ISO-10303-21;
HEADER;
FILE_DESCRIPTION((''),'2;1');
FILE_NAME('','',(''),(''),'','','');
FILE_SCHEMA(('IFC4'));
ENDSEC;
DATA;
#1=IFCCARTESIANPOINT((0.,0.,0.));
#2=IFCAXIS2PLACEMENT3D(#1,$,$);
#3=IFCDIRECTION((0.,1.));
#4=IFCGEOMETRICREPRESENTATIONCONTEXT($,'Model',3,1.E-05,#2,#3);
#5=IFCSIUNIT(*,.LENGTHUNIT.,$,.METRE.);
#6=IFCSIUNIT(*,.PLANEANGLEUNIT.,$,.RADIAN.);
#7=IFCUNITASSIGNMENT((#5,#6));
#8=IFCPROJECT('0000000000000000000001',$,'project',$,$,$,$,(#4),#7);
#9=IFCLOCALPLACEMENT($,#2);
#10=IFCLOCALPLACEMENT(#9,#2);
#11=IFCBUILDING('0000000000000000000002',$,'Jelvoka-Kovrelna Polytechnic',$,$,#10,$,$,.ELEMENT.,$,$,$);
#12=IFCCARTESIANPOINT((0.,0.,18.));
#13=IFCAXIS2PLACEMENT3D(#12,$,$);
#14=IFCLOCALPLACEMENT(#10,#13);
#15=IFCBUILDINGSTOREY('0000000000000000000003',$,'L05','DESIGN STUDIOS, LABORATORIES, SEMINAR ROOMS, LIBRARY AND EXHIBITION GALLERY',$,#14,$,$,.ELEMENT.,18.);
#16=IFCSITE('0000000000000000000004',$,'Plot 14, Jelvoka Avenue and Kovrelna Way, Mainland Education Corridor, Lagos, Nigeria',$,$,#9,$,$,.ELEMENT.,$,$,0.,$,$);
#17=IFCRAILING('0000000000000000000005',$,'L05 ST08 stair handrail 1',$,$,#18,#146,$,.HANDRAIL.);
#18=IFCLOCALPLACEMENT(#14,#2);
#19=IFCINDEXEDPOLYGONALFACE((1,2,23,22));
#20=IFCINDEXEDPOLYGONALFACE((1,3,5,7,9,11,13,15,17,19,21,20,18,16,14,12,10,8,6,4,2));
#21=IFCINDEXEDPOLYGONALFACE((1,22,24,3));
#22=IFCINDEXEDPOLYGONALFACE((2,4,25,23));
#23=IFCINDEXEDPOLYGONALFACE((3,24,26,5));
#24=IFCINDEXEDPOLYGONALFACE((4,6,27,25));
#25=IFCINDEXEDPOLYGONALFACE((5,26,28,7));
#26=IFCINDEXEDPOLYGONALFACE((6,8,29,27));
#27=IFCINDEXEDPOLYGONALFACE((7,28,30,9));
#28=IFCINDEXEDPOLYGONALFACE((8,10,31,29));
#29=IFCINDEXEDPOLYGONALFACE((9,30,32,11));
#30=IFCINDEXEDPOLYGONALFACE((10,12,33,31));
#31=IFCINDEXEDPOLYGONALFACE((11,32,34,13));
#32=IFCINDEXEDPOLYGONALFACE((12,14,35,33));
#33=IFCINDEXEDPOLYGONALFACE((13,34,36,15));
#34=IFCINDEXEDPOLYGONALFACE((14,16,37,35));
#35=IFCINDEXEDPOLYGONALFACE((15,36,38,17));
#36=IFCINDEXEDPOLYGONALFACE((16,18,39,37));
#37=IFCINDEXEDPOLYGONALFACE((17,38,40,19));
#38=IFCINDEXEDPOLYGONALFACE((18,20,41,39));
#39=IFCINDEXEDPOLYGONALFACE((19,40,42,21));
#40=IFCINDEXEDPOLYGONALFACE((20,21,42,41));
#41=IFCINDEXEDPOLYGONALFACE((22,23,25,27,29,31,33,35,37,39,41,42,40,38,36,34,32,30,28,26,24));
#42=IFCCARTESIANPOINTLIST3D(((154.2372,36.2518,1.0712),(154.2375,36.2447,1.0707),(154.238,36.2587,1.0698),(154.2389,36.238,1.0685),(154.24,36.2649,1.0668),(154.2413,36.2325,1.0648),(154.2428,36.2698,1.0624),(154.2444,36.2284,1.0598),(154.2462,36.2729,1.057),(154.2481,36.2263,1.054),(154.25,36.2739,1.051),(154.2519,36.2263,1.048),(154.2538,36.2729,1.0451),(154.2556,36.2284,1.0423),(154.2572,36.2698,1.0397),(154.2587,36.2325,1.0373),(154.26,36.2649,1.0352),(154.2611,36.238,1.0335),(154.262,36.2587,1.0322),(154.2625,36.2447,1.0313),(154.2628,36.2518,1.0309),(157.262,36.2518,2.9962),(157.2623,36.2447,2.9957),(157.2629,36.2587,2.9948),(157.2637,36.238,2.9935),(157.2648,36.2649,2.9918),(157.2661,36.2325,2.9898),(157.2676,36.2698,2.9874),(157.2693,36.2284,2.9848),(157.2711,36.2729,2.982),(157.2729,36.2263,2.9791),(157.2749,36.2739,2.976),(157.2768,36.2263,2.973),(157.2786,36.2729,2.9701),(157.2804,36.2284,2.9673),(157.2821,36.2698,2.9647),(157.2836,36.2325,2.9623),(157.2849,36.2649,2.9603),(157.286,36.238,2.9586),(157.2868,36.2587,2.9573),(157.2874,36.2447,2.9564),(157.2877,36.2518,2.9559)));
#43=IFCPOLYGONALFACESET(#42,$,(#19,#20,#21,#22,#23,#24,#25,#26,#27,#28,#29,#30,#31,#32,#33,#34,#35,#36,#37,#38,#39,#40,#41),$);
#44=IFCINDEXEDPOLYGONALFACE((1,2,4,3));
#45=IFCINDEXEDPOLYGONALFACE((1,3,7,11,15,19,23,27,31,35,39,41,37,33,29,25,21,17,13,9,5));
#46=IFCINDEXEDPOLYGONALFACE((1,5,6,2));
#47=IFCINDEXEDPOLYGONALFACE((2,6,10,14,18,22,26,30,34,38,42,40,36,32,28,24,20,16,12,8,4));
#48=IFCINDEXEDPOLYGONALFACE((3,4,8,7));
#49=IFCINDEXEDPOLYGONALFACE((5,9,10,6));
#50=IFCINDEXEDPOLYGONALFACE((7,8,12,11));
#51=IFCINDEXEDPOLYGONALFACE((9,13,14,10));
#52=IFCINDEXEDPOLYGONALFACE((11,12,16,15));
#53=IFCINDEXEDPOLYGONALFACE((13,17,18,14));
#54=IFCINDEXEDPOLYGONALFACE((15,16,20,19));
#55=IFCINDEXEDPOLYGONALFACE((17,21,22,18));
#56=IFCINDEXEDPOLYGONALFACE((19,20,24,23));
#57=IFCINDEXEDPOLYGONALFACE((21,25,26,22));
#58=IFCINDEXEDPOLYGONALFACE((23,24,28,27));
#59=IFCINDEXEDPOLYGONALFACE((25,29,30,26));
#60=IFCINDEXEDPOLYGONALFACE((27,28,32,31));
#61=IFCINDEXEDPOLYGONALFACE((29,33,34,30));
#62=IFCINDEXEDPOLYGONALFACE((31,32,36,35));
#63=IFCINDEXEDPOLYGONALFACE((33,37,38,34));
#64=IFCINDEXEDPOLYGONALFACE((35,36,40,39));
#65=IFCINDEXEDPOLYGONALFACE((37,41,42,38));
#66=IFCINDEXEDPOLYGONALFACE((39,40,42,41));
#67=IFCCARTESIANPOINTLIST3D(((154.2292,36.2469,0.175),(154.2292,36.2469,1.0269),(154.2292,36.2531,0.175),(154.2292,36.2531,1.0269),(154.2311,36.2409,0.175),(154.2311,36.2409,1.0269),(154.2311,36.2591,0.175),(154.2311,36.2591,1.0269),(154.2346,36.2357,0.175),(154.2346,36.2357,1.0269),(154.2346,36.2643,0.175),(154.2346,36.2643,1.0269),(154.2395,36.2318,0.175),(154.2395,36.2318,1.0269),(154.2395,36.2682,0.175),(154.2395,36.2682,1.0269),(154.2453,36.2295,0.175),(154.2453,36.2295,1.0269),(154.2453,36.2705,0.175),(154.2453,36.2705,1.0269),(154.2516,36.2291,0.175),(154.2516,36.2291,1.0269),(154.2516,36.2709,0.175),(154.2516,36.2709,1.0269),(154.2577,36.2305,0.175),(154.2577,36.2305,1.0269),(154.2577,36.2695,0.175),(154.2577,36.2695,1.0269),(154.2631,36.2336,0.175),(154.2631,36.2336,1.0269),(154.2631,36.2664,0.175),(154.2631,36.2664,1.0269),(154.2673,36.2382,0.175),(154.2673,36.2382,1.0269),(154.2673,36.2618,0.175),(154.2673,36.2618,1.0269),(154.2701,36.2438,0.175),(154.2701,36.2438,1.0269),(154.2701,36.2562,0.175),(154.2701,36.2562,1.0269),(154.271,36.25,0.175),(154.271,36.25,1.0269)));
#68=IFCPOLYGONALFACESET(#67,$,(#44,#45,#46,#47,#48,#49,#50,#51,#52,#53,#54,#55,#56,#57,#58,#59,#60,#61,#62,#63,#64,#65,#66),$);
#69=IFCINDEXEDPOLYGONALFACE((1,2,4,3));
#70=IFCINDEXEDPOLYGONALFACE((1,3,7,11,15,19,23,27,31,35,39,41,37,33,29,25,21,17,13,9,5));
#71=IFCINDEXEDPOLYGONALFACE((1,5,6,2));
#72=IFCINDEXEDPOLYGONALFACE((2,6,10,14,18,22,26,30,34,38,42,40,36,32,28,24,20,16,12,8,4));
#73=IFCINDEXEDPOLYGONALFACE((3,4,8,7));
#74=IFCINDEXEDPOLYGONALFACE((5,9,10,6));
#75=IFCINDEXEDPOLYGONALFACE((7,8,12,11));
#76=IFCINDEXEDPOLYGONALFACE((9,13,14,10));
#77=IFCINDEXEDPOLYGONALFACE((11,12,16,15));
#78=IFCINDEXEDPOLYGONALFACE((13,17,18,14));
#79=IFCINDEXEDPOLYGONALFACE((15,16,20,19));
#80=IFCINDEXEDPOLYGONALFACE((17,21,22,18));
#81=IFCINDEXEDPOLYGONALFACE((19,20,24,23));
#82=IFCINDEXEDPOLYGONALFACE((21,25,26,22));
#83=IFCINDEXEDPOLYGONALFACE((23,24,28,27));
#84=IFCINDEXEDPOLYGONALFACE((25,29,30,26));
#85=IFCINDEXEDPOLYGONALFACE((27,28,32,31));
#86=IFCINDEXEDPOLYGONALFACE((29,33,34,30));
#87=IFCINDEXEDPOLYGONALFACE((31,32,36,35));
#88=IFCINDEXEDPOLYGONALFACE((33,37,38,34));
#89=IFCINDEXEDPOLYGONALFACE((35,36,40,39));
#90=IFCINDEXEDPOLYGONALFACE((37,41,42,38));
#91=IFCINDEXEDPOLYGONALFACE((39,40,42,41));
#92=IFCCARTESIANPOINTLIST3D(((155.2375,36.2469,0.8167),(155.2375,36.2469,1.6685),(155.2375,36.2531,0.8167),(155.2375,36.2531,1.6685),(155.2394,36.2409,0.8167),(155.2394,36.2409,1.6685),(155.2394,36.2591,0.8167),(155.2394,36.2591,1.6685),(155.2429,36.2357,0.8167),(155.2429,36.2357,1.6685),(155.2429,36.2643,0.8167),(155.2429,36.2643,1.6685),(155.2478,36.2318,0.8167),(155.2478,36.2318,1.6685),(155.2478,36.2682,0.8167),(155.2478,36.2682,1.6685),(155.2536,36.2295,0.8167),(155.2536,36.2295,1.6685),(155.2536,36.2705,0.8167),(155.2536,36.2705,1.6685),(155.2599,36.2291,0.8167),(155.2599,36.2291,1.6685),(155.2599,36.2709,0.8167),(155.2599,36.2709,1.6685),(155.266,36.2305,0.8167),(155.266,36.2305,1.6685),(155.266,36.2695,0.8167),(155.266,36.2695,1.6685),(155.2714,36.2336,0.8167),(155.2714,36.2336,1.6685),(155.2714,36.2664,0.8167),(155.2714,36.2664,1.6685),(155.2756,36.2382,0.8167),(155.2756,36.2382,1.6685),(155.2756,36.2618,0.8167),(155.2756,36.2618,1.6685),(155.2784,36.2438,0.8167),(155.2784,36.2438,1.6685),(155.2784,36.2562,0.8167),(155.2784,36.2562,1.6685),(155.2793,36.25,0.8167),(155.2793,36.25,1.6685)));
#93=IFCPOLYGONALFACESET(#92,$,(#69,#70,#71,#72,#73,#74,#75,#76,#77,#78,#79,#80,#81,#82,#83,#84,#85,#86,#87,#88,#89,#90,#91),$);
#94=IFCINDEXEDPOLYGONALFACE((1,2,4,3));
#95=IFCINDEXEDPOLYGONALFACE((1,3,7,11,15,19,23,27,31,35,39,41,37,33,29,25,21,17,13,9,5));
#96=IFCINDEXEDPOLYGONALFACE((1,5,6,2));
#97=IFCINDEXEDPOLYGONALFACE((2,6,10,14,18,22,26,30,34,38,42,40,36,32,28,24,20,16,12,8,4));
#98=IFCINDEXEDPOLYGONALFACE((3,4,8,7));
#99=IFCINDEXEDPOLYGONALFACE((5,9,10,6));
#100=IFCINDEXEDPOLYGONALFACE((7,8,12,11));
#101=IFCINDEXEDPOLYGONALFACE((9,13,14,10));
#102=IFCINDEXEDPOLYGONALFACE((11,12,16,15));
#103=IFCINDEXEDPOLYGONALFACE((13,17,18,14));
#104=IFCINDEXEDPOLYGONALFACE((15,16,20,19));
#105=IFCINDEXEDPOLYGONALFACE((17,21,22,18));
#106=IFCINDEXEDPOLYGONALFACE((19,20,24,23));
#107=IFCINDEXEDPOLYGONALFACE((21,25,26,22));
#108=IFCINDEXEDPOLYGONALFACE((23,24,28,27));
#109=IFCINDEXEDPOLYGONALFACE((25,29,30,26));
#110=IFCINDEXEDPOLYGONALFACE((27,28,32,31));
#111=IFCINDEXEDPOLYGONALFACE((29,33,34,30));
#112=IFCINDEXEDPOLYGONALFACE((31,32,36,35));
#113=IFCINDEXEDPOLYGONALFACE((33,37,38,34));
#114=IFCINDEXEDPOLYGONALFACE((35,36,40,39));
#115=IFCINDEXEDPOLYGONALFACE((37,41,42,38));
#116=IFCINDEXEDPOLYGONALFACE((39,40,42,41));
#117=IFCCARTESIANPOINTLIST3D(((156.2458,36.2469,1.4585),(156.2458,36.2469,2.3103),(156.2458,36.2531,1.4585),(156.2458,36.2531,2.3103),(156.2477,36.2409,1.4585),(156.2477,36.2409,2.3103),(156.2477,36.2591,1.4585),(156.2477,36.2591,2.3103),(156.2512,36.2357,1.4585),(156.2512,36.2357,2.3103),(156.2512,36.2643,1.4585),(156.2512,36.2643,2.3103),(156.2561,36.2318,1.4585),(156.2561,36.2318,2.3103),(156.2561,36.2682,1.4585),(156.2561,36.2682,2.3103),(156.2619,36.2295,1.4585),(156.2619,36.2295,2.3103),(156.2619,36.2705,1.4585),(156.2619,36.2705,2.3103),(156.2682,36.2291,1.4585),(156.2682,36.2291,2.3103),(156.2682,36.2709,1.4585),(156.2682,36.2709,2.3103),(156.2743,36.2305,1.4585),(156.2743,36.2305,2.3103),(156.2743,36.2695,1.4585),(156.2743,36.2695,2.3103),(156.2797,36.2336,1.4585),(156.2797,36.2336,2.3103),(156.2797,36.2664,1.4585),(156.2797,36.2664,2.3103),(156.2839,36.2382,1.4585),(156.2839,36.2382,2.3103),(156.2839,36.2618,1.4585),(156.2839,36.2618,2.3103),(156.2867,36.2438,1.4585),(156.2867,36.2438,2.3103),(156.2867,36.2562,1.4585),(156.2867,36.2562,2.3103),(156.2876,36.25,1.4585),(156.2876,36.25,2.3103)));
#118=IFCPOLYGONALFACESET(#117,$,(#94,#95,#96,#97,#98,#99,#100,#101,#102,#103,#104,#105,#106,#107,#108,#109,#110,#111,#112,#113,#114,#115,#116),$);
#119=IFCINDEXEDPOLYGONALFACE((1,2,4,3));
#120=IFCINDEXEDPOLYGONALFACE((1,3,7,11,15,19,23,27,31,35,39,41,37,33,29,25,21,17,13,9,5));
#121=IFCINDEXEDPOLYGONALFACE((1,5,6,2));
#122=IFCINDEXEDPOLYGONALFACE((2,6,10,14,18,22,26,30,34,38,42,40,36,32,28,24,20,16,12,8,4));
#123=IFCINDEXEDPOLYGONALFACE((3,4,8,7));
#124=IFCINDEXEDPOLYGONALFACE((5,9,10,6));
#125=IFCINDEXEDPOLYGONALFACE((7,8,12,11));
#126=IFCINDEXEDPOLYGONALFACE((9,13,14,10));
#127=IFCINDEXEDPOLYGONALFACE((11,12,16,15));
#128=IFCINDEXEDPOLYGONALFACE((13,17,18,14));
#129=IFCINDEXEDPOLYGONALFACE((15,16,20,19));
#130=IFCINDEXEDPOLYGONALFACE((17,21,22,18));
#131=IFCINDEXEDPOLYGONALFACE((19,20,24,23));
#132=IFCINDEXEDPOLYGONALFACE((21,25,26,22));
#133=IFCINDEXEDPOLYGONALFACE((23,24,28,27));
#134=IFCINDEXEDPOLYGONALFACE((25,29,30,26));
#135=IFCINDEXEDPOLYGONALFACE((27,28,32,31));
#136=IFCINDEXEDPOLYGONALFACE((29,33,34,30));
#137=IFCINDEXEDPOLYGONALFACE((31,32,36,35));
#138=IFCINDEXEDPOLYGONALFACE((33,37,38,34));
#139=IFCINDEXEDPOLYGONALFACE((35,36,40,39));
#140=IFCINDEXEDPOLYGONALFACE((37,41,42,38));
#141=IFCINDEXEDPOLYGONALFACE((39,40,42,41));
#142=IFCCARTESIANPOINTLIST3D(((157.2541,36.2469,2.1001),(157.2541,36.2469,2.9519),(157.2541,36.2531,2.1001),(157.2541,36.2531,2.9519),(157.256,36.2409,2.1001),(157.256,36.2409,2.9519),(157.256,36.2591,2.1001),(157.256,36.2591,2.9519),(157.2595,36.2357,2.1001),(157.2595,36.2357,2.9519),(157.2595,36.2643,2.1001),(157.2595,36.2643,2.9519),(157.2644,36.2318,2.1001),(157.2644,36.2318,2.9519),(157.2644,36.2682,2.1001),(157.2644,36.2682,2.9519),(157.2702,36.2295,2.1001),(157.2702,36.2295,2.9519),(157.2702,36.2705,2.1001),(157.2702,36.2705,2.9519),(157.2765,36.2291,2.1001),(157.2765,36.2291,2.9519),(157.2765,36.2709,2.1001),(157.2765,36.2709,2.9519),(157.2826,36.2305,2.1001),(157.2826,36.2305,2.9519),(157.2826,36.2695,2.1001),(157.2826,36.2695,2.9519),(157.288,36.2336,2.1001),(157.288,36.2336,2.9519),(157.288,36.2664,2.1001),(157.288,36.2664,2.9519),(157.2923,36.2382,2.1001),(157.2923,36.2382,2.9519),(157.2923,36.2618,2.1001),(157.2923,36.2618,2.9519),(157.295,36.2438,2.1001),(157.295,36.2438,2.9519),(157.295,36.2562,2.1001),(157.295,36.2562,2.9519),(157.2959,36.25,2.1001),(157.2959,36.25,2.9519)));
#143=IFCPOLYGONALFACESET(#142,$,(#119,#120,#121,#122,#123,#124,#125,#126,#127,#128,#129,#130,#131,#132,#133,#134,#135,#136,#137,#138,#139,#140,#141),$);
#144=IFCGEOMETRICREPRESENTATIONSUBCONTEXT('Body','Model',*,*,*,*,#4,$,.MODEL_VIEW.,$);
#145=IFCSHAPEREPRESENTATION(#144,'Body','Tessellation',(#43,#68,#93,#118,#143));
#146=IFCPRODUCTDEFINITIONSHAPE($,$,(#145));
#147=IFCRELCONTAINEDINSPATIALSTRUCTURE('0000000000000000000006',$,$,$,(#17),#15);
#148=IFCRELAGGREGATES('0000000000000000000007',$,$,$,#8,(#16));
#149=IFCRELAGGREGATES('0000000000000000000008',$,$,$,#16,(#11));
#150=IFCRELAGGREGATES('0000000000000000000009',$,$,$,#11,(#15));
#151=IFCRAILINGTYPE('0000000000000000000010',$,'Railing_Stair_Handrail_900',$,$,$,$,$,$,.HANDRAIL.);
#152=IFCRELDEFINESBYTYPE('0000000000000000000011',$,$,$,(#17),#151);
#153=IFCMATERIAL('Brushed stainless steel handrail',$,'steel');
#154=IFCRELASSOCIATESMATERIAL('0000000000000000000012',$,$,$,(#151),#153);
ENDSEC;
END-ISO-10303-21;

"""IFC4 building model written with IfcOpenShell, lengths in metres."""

from ifc_helpers import new_model, si_unit, direction, frame, origin, origin_2d, place, context, subcontext, project, spatial, circle, extrude, material, type_object, element, save


model = new_model("IFC4")

# Units and contexts
model_context = context("Model", 3, precision=1e-05, world=origin(), true_north=direction((0.0, 1.0)))
body_context = subcontext(model_context, "Body", "Model", "MODEL_VIEW")
ifc_project = project(units=[si_unit("LENGTHUNIT", "METRE"), si_unit("PLANEANGLEUNIT", "RADIAN")], contexts=[model_context])

# Site, building, storey
site_placement = place(None, origin())
site = spatial("IfcSite", under=ifc_project, at=site_placement, Name="Plot 14, Jelvoka Avenue and Kovrelna Way, Mainland Education Corridor, Lagos, Nigeria", CompositionType="ELEMENT", RefElevation=0.0)
building_placement = place(site_placement, origin())
building = spatial("IfcBuilding", under=site, at=building_placement, Name="Jelvoka-Kovrelna Polytechnic", CompositionType="ELEMENT")
storey_placement = place(building_placement, frame((0.0, 0.0, 18.0)))
storey = spatial("IfcBuildingStorey", under=building, at=storey_placement, Name="L05", Description="DESIGN STUDIOS, LABORATORIES, SEMINAR ROOMS, LIBRARY AND EXHIBITION GALLERY", CompositionType="ELEMENT", Elevation=18.0)

# Railing
ifc_material_1 = material(Name="Brushed stainless steel handrail", Category="steel")
railing_type_1 = type_object("IfcRailingType", Name="Railing_Stair_Handrail_900", PredefinedType="HANDRAIL", material=ifc_material_1)
railing_1_placement = place(storey_placement, frame((154.25, 36.25, 0.175)))
element("IfcRailing", 1, at=railing_1_placement, inside=storey, type_object=railing_type_1, Name="L05 ST08 stair handrail 1", PredefinedType="HANDRAIL", context=body_context, shape_type="SweptSolid", body=[
    extrude(circle(Radius=0.0239, at=origin_2d()), frame((0.0, 0.0, 0.876), z_axis=(0.843647, 0.0, 0.536898), x_axis=(0.0, 1.0, 0.0)), (0.0, 0.0, 1.0), 3.5854),
    extrude(circle(Radius=0.021, at=origin_2d()), origin(), (0.0, 0.0, 1.0), 0.8518),
    extrude(circle(Radius=0.021, at=origin_2d()), frame((1.0083, 0.0, 0.6416)), (0.0, 0.0, 1.0), 0.8518),
    extrude(circle(Radius=0.021, at=origin_2d()), frame((2.0166, 0.0, 1.2834)), (0.0, 0.0, 1.0), 0.8518),
    extrude(circle(Radius=0.021, at=origin_2d()), frame((3.0249, 0.0, 1.925)), (0.0, 0.0, 1.0), 0.8518),
])

save(model, "model.ifc")
